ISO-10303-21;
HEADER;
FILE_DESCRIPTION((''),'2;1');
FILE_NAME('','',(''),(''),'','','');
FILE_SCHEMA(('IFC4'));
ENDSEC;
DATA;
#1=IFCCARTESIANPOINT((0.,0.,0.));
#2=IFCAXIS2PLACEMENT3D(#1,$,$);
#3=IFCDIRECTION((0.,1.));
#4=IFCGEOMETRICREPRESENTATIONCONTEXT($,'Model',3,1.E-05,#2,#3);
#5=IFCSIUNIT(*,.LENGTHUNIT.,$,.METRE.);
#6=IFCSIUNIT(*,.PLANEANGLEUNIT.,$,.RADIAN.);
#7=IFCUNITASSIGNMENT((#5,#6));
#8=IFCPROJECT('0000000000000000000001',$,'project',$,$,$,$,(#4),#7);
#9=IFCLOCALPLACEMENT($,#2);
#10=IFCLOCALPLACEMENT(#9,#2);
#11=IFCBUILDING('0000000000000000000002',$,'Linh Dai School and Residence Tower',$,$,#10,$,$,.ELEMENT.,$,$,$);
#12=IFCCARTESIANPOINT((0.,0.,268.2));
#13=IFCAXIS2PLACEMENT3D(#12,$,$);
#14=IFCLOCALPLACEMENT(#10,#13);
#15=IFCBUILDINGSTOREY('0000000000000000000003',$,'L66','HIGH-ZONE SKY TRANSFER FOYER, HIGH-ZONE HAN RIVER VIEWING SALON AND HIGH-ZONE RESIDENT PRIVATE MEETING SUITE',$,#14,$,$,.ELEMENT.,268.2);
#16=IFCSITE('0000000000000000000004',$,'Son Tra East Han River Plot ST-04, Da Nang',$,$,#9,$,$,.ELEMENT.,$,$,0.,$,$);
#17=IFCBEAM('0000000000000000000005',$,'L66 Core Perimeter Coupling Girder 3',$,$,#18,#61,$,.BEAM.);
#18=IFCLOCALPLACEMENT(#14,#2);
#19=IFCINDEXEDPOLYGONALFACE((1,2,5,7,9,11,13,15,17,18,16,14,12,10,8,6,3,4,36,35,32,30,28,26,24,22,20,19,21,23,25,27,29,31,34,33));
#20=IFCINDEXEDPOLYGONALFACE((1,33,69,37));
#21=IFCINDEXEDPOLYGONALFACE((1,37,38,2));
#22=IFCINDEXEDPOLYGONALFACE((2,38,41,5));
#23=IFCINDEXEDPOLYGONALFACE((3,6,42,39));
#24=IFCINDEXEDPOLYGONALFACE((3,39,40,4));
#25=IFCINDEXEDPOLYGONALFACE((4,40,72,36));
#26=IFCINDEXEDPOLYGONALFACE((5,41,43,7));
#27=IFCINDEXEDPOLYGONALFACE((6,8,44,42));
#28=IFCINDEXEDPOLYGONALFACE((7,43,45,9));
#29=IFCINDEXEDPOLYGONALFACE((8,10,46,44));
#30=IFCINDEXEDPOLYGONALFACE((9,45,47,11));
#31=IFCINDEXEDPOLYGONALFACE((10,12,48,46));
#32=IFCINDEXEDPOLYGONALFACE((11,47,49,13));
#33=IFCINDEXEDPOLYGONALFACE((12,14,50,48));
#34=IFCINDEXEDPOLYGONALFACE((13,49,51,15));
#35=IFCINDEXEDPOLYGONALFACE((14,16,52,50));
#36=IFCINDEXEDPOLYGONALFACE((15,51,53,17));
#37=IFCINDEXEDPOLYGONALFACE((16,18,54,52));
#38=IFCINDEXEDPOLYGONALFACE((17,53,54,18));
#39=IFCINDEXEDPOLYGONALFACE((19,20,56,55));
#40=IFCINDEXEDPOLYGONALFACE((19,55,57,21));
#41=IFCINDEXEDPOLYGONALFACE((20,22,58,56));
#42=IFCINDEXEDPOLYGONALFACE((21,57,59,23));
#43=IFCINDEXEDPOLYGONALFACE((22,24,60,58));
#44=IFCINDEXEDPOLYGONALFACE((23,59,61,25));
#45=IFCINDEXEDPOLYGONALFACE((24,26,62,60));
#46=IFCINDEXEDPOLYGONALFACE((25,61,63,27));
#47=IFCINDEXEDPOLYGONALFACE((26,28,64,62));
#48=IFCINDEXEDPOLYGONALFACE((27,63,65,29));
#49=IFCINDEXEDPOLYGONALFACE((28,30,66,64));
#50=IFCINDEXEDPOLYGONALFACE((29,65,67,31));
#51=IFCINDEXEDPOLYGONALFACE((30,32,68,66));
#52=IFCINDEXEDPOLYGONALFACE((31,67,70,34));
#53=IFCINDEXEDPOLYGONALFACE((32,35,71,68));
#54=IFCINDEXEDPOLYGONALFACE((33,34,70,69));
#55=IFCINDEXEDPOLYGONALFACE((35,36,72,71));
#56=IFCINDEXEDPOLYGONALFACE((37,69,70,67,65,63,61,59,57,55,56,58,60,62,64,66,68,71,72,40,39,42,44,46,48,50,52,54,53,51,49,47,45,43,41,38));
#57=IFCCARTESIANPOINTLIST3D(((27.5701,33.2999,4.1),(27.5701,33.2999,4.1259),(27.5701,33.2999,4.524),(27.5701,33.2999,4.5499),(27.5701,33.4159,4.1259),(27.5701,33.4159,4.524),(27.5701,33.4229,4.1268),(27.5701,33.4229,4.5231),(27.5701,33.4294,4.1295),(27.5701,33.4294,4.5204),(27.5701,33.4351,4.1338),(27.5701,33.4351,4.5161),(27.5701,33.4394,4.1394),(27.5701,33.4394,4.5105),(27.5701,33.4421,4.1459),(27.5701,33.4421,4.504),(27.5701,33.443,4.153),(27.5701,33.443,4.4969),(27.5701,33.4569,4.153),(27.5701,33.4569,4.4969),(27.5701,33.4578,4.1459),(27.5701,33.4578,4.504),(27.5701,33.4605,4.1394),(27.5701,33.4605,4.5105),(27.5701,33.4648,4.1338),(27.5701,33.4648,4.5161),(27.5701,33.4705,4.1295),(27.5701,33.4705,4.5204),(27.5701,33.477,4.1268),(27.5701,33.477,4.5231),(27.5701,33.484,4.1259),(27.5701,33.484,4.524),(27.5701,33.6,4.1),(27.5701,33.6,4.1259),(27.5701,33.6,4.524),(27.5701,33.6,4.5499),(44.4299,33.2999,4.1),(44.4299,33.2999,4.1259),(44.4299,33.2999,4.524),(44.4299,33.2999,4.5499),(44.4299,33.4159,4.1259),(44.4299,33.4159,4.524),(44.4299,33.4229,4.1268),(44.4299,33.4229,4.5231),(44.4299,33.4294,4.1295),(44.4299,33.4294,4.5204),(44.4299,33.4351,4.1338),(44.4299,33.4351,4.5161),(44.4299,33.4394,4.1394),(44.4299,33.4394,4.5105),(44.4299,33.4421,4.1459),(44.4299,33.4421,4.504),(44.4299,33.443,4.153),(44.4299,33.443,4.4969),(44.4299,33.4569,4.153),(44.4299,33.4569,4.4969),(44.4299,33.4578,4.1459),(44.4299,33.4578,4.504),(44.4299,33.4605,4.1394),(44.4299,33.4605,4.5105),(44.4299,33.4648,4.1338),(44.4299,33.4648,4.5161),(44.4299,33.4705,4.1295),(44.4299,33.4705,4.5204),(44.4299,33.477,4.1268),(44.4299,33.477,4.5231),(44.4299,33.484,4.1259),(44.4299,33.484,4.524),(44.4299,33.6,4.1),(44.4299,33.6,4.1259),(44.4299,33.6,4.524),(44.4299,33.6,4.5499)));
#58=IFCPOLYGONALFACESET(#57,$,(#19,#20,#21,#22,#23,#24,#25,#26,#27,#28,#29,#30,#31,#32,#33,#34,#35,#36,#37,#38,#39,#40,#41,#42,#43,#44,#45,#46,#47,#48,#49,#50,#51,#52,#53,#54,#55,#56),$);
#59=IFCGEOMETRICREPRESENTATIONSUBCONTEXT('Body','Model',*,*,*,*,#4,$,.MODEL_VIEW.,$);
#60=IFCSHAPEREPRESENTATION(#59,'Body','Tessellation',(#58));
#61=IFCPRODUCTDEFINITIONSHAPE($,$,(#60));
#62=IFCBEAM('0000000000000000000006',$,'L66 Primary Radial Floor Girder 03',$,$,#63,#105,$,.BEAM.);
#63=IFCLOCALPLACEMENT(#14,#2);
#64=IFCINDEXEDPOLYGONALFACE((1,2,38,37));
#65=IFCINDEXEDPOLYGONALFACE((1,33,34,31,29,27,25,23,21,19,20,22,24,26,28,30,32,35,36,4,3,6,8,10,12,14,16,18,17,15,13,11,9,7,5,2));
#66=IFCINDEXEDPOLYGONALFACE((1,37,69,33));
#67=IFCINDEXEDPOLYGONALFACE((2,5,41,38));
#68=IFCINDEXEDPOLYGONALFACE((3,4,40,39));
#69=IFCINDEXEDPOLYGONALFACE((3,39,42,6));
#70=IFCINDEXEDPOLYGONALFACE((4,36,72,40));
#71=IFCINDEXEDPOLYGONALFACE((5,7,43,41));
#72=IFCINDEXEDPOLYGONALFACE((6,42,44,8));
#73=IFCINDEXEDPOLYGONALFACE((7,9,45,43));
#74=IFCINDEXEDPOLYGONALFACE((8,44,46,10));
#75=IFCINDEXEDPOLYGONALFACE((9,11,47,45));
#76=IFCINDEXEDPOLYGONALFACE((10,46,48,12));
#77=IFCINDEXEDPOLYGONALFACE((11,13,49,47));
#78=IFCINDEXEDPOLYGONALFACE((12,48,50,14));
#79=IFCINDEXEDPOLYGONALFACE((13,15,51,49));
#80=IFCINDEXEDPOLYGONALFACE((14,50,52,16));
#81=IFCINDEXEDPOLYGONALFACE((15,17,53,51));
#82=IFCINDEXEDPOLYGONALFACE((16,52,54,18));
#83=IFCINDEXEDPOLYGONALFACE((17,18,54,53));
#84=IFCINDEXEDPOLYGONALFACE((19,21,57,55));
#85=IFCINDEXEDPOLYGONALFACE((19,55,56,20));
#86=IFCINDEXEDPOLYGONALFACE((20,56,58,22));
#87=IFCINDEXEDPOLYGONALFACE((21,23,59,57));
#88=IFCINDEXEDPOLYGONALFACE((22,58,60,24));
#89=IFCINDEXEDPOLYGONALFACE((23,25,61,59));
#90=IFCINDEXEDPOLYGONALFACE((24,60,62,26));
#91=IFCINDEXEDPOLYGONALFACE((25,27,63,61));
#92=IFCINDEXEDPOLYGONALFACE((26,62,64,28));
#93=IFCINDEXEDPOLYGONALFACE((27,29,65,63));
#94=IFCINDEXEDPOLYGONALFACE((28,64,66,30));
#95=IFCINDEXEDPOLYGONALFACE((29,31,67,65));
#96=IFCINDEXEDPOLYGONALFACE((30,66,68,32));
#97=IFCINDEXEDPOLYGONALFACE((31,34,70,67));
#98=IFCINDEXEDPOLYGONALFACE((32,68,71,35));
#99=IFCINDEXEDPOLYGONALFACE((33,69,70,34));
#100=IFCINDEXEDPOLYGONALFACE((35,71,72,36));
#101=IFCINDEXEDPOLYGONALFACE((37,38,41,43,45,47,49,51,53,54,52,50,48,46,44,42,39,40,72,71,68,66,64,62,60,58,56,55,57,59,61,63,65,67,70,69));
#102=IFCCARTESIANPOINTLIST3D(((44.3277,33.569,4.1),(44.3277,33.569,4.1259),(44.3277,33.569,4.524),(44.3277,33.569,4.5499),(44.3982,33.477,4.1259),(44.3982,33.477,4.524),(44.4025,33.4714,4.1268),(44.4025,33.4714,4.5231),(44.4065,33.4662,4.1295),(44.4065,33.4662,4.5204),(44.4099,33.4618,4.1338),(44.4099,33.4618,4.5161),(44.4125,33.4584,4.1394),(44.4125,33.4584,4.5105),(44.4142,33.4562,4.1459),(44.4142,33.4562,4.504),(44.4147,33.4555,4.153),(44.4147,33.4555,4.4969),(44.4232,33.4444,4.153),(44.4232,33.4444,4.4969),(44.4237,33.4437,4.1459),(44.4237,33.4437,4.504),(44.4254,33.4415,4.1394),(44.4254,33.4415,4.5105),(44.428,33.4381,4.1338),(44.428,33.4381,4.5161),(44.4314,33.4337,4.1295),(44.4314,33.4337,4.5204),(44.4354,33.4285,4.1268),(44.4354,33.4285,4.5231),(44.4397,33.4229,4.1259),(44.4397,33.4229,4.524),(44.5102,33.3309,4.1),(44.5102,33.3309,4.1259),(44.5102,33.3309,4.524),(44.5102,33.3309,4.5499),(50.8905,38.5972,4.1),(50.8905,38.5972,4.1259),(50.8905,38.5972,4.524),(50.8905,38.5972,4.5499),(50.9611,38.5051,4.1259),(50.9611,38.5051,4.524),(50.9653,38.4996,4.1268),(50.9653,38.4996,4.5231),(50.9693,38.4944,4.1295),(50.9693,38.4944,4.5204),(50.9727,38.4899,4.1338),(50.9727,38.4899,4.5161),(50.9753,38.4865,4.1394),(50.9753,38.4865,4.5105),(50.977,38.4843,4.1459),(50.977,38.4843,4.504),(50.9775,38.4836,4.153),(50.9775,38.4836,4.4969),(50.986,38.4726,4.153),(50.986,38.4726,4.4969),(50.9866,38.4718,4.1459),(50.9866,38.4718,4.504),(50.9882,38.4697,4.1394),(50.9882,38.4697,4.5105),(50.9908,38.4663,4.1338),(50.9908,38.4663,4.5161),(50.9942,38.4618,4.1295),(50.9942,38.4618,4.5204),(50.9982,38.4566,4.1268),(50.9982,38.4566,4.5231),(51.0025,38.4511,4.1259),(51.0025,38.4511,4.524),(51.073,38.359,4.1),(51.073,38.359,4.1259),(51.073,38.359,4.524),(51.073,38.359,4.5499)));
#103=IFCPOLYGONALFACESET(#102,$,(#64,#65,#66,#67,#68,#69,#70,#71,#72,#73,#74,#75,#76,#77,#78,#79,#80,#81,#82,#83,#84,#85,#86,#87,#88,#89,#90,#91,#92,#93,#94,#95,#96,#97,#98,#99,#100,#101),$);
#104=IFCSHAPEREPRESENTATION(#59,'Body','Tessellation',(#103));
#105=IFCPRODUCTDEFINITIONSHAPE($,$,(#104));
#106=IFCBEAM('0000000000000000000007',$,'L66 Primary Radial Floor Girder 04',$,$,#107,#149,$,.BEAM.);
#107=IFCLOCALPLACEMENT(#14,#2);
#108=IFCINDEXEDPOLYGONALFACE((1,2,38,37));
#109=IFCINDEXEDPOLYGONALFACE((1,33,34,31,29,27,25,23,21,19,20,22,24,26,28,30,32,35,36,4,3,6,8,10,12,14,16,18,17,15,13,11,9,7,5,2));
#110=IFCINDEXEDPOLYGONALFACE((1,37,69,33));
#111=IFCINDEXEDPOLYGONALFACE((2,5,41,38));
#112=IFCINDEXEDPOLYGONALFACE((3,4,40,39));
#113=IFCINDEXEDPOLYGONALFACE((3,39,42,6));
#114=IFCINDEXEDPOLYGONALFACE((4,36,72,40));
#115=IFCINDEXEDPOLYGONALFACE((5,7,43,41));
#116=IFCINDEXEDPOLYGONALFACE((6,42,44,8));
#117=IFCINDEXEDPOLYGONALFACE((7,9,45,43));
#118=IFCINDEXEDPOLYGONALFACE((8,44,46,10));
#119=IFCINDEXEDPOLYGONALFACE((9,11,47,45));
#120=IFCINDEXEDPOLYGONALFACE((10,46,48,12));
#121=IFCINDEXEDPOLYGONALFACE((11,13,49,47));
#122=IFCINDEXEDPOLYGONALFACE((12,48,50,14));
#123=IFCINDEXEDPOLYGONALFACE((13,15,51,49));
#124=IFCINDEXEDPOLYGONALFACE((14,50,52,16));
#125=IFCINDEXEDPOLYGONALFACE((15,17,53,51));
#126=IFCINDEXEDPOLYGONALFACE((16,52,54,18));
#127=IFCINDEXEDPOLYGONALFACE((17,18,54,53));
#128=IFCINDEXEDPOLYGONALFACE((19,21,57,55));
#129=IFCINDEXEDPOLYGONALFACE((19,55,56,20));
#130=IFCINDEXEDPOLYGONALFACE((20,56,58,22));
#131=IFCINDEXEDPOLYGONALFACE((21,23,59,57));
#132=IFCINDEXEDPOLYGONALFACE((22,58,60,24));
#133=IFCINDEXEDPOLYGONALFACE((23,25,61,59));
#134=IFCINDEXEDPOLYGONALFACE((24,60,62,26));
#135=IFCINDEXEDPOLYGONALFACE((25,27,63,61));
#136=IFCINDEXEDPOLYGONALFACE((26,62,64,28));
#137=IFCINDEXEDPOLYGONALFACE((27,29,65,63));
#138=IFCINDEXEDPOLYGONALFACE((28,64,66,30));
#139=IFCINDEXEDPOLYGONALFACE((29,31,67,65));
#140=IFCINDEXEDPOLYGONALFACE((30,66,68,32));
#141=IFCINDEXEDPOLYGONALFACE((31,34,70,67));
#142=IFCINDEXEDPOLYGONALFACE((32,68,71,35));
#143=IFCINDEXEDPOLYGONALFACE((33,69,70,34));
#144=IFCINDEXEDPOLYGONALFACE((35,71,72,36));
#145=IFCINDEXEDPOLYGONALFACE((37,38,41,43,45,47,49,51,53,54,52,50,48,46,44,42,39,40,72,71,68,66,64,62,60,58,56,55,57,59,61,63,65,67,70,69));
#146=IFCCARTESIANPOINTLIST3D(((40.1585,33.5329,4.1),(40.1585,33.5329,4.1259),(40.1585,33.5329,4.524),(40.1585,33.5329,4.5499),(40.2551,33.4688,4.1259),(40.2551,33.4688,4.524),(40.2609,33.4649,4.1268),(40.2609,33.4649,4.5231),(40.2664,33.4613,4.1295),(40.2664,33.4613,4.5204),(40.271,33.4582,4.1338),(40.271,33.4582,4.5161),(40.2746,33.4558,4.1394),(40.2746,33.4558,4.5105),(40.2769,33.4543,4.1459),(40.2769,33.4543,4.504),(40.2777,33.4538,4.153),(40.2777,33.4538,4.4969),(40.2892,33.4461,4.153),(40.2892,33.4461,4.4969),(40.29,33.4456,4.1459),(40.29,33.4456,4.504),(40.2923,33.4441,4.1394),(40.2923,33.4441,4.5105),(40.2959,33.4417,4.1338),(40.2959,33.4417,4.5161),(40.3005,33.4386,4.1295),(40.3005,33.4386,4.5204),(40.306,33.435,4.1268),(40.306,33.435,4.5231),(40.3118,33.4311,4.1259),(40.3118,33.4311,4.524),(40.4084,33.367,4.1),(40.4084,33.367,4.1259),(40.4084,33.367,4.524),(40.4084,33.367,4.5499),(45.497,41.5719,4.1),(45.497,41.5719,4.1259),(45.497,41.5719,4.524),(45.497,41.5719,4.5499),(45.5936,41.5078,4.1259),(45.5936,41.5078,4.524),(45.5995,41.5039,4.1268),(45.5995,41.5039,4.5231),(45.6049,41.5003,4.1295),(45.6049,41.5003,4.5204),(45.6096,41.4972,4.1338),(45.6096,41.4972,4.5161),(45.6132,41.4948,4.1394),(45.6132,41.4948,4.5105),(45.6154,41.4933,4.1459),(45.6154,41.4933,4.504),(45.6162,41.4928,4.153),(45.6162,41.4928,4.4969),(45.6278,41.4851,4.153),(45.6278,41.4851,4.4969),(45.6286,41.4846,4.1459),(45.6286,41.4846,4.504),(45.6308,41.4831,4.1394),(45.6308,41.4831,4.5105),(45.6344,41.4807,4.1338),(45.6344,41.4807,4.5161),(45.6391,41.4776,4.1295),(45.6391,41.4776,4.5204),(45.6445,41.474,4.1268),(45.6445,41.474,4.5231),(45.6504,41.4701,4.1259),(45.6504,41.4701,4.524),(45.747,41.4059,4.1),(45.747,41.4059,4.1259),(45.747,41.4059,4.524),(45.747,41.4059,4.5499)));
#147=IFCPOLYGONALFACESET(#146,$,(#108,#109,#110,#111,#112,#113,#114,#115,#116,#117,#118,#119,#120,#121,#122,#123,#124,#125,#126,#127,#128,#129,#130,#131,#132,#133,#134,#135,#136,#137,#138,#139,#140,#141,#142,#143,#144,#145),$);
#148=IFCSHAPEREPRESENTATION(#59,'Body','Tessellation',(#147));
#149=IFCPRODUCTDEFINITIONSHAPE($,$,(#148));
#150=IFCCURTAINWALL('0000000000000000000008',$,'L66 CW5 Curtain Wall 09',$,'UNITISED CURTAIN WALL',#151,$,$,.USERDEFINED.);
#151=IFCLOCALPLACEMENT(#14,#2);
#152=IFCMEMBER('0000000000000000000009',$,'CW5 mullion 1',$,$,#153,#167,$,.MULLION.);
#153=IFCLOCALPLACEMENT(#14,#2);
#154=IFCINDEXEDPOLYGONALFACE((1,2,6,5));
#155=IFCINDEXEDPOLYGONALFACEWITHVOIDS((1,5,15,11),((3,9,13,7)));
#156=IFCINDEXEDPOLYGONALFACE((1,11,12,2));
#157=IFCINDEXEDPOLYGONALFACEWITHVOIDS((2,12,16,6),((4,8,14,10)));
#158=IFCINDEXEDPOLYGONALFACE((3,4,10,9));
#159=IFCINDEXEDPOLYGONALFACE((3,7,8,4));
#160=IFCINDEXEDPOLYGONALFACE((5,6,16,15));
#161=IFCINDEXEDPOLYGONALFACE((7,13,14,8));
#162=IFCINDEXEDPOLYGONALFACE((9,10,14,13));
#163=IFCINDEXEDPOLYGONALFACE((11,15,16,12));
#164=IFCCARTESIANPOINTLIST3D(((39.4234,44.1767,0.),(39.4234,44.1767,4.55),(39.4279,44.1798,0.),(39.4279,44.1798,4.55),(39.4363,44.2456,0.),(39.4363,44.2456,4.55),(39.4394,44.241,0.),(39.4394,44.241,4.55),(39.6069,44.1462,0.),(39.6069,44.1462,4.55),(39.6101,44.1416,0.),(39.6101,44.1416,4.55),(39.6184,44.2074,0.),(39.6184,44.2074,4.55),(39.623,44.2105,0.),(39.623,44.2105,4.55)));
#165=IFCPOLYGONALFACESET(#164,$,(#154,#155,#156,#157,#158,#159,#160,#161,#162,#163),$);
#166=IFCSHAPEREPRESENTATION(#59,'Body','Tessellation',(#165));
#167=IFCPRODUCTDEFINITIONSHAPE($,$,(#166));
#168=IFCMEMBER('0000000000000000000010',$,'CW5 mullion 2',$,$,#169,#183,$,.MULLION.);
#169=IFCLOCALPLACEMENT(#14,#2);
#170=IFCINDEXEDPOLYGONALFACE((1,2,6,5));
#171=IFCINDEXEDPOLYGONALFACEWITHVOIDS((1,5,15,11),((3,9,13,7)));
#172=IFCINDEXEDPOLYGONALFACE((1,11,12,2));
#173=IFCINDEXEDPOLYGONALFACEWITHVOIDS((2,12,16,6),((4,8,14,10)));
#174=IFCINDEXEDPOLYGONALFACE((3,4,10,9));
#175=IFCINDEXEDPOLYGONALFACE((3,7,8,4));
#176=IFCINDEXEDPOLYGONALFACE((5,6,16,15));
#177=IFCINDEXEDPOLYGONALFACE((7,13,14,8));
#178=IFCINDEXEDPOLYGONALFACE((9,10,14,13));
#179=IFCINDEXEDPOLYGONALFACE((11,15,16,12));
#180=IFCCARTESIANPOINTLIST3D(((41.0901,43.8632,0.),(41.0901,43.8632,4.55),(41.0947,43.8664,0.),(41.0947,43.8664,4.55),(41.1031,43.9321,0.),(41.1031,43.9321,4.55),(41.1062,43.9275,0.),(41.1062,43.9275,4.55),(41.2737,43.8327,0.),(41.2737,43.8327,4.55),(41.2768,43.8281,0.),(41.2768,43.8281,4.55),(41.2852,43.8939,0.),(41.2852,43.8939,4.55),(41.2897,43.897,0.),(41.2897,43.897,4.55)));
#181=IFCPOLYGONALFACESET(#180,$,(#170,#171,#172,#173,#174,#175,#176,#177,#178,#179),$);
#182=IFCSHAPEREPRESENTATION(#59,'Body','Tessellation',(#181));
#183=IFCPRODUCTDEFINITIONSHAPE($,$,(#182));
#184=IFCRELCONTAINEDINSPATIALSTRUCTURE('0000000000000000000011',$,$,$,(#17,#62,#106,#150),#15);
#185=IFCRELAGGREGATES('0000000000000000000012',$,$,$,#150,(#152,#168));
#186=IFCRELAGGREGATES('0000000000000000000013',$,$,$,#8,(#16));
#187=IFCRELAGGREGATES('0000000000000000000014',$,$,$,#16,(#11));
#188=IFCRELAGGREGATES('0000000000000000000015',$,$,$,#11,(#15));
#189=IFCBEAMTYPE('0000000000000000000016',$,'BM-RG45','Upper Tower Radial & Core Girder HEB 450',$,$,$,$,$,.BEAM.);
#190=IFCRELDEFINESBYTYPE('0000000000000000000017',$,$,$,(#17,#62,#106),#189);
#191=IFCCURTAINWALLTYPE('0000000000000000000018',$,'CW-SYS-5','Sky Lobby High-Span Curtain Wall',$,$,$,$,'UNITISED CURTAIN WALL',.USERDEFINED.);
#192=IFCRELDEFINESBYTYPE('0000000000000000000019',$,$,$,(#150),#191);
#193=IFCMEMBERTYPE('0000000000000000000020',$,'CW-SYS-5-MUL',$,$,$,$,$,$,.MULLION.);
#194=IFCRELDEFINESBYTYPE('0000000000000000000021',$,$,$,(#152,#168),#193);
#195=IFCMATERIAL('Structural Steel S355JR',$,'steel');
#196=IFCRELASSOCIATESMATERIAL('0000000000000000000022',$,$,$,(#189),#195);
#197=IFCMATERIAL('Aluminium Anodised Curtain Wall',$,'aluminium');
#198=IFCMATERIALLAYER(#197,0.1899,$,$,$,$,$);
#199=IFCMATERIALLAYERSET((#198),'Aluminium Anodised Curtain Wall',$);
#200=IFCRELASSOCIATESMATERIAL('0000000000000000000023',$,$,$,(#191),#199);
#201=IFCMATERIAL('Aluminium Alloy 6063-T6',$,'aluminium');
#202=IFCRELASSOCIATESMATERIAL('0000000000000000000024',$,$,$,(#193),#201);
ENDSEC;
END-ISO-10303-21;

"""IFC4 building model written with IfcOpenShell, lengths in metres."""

from ifc_helpers import new_model, si_unit, direction, frame, origin, origin_2d, place, context, subcontext, project, spatial, hollow_rectangle, i_section, extrude, source, transform, mapped, material, layer, layer_set, material_profile, profile_set, type_object, element, aggregate, save


model = new_model("IFC4")

# Units and contexts
model_context = context("Model", 3, precision=1e-05, world=origin(), true_north=direction((0.0, 1.0)))
body_context = subcontext(model_context, "Body", "Model", "MODEL_VIEW")
ifc_project = project(units=[si_unit("LENGTHUNIT", "METRE"), si_unit("PLANEANGLEUNIT", "RADIAN")], contexts=[model_context])

# Site, building, storey
site_placement = place(None, origin())
site = spatial("IfcSite", under=ifc_project, at=site_placement, Name="Son Tra East Han River Plot ST-04, Da Nang", CompositionType="ELEMENT", RefElevation=0.0)
building_placement = place(site_placement, origin())
building = spatial("IfcBuilding", under=site, at=building_placement, Name="Linh Dai School and Residence Tower", CompositionType="ELEMENT")
storey_placement = place(building_placement, frame((0.0, 0.0, 268.2)))
storey = spatial("IfcBuildingStorey", under=building, at=storey_placement, Name="L66", Description="HIGH-ZONE SKY TRANSFER FOYER, HIGH-ZONE HAN RIVER VIEWING SALON AND HIGH-ZONE RESIDENT PRIVATE MEETING SUITE", CompositionType="ELEMENT", Elevation=268.2)

# Shared definitions
ifc_material_1 = material(Name="Structural Steel S355JR", Category="steel")

# Beams
ifc_material_profile_1 = material_profile(ifc_material_1, i_section(OverallWidth=0.3, OverallDepth=0.45, WebThickness=0.0139, FlangeThickness=0.0259, FilletRadius=0.0271, at=origin_2d()), Name="HEB 450")
ifc_profile_set_1 = profile_set([ifc_material_profile_1], Name="Structural Steel S355JR")
beam_type_1 = type_object("IfcBeamType", Name="BM-RG45", Description="Upper Tower Radial & Core Girder HEB 450", PredefinedType="BEAM", material=ifc_profile_set_1)
beam_1_placement = place(storey_placement, frame((44.4299, 33.45, 4.325), z_axis=(-1.0, 0.0, 0.0), x_axis=(0.0, -1.0, 0.0)))
element("IfcBeam", 1, at=beam_1_placement, inside=storey, type_object=beam_type_1, Name="L66 Core Perimeter Coupling Girder 3", PredefinedType="BEAM", context=body_context, shape_type="SweptSolid", body=[
    extrude(i_section(OverallWidth=0.3, OverallDepth=0.45, WebThickness=0.0139, FlangeThickness=0.0259, FilletRadius=0.0271, at=origin_2d()), origin(), (0.0, 0.0, 1.0), 16.8599),
])
beam_2_placement = place(storey_placement, frame((44.4189, 33.45, 4.325), z_axis=(0.793803, 0.608175, 0.0), x_axis=(-0.608175, 0.793803, 0.0)))
element("IfcBeam", 2, at=beam_2_placement, inside=storey, type_object=beam_type_1, Name="L66 Primary Radial Floor Girder 03", PredefinedType="BEAM", context=body_context, shape_type="SweptSolid", body=[
    extrude(i_section(OverallWidth=0.3, OverallDepth=0.45, WebThickness=0.0139, FlangeThickness=0.0259, FilletRadius=0.0271, at=origin_2d()), origin(), (0.0, 0.0, 1.0), 8.2676),
])
beam_3_placement = place(storey_placement, frame((40.2834, 33.45, 4.325), z_axis=(0.553211, 0.833041, 0.0), x_axis=(-0.833041, 0.553211, 0.0)))
element("IfcBeam", 3, at=beam_3_placement, inside=storey, type_object=beam_type_1, Name="L66 Primary Radial Floor Girder 04", PredefinedType="BEAM", context=body_context, shape_type="SweptSolid", body=[
    extrude(i_section(OverallWidth=0.3, OverallDepth=0.45, WebThickness=0.0139, FlangeThickness=0.0259, FilletRadius=0.0271, at=origin_2d()), origin(), (0.0, 0.0, 1.0), 9.6501),
])

# Curtain wall, members
ifc_material_2 = material(Name="Aluminium Anodised Curtain Wall", Category="aluminium")
ifc_layer_1 = layer(ifc_material_2, 0.1899)
ifc_layer_set_1 = layer_set([ifc_layer_1], Name="Aluminium Anodised Curtain Wall")
curtain_wall_type = type_object("IfcCurtainWallType", Name="CW-SYS-5", Description="Sky Lobby High-Span Curtain Wall", ElementType="UNITISED CURTAIN WALL", PredefinedType="USERDEFINED", material=ifc_layer_set_1)
curtain_wall_placement = place(storey_placement, origin())
curtain_wall = element("IfcCurtainWall", 4, at=curtain_wall_placement, inside=storey, type_object=curtain_wall_type, Name="L66 CW5 Curtain Wall 09", ObjectType="UNITISED CURTAIN WALL", PredefinedType="USERDEFINED")
ifc_material_3 = material(Name="Aluminium Alloy 6063-T6", Category="aluminium")
ifc_material_profile_2 = material_profile(ifc_material_3, hollow_rectangle(XDim=0.0701, YDim=0.1899, WallThickness=0.0039, at=origin_2d()), Name="RHS 190x70x4")
ifc_profile_set_2 = profile_set([ifc_material_profile_2], Name="Aluminium Alloy 6063-T6")
member_type_1 = type_object("IfcMemberType", Name="CW-SYS-5-MUL", PredefinedType="MULLION", material=ifc_profile_set_2)
shared_shape_1 = source(origin(), body_context, "Body", "SweptSolid", [
    extrude(hollow_rectangle(XDim=0.0701, YDim=0.1899, WallThickness=0.0039, at=origin_2d()), origin(), (0.0, 0.0, 1.0), 4.55),
])
member_1_placement = place(storey_placement, frame((39.5232, 44.1936, 0.0), z_axis=(0.0, 0.0, 1.0), x_axis=(0.184751, 0.982785, 0.0)))
member_1 = element("IfcMember", 5, at=member_1_placement, type_object=member_type_1, Name="CW5 mullion 1", PredefinedType="MULLION", context=body_context, shape_type="MappedRepresentation", body=[
    mapped(shared_shape_1, transform((0.0, 0.0, 0.0), x_axis=(1.0, 0.0, 0.0), y_axis=(0.0, 1.0, 0.0), z_axis=(0.0, 0.0, 1.0), scale=1.0)),
])
member_2_placement = place(storey_placement, frame((41.1899, 43.8801, 0.0), z_axis=(0.0, 0.0, 1.0), x_axis=(0.184751, 0.982785, 0.0)))
member_2 = element("IfcMember", 6, at=member_2_placement, type_object=member_type_1, Name="CW5 mullion 2", PredefinedType="MULLION", context=body_context, shape_type="MappedRepresentation", body=[
    mapped(shared_shape_1, transform((0.0, 0.0, 0.0), x_axis=(1.0, 0.0, 0.0), y_axis=(0.0, 1.0, 0.0), z_axis=(0.0, 0.0, 1.0), scale=1.0)),
])

aggregate(curtain_wall, [member_1, member_2])

save(model, "model.ifc")
